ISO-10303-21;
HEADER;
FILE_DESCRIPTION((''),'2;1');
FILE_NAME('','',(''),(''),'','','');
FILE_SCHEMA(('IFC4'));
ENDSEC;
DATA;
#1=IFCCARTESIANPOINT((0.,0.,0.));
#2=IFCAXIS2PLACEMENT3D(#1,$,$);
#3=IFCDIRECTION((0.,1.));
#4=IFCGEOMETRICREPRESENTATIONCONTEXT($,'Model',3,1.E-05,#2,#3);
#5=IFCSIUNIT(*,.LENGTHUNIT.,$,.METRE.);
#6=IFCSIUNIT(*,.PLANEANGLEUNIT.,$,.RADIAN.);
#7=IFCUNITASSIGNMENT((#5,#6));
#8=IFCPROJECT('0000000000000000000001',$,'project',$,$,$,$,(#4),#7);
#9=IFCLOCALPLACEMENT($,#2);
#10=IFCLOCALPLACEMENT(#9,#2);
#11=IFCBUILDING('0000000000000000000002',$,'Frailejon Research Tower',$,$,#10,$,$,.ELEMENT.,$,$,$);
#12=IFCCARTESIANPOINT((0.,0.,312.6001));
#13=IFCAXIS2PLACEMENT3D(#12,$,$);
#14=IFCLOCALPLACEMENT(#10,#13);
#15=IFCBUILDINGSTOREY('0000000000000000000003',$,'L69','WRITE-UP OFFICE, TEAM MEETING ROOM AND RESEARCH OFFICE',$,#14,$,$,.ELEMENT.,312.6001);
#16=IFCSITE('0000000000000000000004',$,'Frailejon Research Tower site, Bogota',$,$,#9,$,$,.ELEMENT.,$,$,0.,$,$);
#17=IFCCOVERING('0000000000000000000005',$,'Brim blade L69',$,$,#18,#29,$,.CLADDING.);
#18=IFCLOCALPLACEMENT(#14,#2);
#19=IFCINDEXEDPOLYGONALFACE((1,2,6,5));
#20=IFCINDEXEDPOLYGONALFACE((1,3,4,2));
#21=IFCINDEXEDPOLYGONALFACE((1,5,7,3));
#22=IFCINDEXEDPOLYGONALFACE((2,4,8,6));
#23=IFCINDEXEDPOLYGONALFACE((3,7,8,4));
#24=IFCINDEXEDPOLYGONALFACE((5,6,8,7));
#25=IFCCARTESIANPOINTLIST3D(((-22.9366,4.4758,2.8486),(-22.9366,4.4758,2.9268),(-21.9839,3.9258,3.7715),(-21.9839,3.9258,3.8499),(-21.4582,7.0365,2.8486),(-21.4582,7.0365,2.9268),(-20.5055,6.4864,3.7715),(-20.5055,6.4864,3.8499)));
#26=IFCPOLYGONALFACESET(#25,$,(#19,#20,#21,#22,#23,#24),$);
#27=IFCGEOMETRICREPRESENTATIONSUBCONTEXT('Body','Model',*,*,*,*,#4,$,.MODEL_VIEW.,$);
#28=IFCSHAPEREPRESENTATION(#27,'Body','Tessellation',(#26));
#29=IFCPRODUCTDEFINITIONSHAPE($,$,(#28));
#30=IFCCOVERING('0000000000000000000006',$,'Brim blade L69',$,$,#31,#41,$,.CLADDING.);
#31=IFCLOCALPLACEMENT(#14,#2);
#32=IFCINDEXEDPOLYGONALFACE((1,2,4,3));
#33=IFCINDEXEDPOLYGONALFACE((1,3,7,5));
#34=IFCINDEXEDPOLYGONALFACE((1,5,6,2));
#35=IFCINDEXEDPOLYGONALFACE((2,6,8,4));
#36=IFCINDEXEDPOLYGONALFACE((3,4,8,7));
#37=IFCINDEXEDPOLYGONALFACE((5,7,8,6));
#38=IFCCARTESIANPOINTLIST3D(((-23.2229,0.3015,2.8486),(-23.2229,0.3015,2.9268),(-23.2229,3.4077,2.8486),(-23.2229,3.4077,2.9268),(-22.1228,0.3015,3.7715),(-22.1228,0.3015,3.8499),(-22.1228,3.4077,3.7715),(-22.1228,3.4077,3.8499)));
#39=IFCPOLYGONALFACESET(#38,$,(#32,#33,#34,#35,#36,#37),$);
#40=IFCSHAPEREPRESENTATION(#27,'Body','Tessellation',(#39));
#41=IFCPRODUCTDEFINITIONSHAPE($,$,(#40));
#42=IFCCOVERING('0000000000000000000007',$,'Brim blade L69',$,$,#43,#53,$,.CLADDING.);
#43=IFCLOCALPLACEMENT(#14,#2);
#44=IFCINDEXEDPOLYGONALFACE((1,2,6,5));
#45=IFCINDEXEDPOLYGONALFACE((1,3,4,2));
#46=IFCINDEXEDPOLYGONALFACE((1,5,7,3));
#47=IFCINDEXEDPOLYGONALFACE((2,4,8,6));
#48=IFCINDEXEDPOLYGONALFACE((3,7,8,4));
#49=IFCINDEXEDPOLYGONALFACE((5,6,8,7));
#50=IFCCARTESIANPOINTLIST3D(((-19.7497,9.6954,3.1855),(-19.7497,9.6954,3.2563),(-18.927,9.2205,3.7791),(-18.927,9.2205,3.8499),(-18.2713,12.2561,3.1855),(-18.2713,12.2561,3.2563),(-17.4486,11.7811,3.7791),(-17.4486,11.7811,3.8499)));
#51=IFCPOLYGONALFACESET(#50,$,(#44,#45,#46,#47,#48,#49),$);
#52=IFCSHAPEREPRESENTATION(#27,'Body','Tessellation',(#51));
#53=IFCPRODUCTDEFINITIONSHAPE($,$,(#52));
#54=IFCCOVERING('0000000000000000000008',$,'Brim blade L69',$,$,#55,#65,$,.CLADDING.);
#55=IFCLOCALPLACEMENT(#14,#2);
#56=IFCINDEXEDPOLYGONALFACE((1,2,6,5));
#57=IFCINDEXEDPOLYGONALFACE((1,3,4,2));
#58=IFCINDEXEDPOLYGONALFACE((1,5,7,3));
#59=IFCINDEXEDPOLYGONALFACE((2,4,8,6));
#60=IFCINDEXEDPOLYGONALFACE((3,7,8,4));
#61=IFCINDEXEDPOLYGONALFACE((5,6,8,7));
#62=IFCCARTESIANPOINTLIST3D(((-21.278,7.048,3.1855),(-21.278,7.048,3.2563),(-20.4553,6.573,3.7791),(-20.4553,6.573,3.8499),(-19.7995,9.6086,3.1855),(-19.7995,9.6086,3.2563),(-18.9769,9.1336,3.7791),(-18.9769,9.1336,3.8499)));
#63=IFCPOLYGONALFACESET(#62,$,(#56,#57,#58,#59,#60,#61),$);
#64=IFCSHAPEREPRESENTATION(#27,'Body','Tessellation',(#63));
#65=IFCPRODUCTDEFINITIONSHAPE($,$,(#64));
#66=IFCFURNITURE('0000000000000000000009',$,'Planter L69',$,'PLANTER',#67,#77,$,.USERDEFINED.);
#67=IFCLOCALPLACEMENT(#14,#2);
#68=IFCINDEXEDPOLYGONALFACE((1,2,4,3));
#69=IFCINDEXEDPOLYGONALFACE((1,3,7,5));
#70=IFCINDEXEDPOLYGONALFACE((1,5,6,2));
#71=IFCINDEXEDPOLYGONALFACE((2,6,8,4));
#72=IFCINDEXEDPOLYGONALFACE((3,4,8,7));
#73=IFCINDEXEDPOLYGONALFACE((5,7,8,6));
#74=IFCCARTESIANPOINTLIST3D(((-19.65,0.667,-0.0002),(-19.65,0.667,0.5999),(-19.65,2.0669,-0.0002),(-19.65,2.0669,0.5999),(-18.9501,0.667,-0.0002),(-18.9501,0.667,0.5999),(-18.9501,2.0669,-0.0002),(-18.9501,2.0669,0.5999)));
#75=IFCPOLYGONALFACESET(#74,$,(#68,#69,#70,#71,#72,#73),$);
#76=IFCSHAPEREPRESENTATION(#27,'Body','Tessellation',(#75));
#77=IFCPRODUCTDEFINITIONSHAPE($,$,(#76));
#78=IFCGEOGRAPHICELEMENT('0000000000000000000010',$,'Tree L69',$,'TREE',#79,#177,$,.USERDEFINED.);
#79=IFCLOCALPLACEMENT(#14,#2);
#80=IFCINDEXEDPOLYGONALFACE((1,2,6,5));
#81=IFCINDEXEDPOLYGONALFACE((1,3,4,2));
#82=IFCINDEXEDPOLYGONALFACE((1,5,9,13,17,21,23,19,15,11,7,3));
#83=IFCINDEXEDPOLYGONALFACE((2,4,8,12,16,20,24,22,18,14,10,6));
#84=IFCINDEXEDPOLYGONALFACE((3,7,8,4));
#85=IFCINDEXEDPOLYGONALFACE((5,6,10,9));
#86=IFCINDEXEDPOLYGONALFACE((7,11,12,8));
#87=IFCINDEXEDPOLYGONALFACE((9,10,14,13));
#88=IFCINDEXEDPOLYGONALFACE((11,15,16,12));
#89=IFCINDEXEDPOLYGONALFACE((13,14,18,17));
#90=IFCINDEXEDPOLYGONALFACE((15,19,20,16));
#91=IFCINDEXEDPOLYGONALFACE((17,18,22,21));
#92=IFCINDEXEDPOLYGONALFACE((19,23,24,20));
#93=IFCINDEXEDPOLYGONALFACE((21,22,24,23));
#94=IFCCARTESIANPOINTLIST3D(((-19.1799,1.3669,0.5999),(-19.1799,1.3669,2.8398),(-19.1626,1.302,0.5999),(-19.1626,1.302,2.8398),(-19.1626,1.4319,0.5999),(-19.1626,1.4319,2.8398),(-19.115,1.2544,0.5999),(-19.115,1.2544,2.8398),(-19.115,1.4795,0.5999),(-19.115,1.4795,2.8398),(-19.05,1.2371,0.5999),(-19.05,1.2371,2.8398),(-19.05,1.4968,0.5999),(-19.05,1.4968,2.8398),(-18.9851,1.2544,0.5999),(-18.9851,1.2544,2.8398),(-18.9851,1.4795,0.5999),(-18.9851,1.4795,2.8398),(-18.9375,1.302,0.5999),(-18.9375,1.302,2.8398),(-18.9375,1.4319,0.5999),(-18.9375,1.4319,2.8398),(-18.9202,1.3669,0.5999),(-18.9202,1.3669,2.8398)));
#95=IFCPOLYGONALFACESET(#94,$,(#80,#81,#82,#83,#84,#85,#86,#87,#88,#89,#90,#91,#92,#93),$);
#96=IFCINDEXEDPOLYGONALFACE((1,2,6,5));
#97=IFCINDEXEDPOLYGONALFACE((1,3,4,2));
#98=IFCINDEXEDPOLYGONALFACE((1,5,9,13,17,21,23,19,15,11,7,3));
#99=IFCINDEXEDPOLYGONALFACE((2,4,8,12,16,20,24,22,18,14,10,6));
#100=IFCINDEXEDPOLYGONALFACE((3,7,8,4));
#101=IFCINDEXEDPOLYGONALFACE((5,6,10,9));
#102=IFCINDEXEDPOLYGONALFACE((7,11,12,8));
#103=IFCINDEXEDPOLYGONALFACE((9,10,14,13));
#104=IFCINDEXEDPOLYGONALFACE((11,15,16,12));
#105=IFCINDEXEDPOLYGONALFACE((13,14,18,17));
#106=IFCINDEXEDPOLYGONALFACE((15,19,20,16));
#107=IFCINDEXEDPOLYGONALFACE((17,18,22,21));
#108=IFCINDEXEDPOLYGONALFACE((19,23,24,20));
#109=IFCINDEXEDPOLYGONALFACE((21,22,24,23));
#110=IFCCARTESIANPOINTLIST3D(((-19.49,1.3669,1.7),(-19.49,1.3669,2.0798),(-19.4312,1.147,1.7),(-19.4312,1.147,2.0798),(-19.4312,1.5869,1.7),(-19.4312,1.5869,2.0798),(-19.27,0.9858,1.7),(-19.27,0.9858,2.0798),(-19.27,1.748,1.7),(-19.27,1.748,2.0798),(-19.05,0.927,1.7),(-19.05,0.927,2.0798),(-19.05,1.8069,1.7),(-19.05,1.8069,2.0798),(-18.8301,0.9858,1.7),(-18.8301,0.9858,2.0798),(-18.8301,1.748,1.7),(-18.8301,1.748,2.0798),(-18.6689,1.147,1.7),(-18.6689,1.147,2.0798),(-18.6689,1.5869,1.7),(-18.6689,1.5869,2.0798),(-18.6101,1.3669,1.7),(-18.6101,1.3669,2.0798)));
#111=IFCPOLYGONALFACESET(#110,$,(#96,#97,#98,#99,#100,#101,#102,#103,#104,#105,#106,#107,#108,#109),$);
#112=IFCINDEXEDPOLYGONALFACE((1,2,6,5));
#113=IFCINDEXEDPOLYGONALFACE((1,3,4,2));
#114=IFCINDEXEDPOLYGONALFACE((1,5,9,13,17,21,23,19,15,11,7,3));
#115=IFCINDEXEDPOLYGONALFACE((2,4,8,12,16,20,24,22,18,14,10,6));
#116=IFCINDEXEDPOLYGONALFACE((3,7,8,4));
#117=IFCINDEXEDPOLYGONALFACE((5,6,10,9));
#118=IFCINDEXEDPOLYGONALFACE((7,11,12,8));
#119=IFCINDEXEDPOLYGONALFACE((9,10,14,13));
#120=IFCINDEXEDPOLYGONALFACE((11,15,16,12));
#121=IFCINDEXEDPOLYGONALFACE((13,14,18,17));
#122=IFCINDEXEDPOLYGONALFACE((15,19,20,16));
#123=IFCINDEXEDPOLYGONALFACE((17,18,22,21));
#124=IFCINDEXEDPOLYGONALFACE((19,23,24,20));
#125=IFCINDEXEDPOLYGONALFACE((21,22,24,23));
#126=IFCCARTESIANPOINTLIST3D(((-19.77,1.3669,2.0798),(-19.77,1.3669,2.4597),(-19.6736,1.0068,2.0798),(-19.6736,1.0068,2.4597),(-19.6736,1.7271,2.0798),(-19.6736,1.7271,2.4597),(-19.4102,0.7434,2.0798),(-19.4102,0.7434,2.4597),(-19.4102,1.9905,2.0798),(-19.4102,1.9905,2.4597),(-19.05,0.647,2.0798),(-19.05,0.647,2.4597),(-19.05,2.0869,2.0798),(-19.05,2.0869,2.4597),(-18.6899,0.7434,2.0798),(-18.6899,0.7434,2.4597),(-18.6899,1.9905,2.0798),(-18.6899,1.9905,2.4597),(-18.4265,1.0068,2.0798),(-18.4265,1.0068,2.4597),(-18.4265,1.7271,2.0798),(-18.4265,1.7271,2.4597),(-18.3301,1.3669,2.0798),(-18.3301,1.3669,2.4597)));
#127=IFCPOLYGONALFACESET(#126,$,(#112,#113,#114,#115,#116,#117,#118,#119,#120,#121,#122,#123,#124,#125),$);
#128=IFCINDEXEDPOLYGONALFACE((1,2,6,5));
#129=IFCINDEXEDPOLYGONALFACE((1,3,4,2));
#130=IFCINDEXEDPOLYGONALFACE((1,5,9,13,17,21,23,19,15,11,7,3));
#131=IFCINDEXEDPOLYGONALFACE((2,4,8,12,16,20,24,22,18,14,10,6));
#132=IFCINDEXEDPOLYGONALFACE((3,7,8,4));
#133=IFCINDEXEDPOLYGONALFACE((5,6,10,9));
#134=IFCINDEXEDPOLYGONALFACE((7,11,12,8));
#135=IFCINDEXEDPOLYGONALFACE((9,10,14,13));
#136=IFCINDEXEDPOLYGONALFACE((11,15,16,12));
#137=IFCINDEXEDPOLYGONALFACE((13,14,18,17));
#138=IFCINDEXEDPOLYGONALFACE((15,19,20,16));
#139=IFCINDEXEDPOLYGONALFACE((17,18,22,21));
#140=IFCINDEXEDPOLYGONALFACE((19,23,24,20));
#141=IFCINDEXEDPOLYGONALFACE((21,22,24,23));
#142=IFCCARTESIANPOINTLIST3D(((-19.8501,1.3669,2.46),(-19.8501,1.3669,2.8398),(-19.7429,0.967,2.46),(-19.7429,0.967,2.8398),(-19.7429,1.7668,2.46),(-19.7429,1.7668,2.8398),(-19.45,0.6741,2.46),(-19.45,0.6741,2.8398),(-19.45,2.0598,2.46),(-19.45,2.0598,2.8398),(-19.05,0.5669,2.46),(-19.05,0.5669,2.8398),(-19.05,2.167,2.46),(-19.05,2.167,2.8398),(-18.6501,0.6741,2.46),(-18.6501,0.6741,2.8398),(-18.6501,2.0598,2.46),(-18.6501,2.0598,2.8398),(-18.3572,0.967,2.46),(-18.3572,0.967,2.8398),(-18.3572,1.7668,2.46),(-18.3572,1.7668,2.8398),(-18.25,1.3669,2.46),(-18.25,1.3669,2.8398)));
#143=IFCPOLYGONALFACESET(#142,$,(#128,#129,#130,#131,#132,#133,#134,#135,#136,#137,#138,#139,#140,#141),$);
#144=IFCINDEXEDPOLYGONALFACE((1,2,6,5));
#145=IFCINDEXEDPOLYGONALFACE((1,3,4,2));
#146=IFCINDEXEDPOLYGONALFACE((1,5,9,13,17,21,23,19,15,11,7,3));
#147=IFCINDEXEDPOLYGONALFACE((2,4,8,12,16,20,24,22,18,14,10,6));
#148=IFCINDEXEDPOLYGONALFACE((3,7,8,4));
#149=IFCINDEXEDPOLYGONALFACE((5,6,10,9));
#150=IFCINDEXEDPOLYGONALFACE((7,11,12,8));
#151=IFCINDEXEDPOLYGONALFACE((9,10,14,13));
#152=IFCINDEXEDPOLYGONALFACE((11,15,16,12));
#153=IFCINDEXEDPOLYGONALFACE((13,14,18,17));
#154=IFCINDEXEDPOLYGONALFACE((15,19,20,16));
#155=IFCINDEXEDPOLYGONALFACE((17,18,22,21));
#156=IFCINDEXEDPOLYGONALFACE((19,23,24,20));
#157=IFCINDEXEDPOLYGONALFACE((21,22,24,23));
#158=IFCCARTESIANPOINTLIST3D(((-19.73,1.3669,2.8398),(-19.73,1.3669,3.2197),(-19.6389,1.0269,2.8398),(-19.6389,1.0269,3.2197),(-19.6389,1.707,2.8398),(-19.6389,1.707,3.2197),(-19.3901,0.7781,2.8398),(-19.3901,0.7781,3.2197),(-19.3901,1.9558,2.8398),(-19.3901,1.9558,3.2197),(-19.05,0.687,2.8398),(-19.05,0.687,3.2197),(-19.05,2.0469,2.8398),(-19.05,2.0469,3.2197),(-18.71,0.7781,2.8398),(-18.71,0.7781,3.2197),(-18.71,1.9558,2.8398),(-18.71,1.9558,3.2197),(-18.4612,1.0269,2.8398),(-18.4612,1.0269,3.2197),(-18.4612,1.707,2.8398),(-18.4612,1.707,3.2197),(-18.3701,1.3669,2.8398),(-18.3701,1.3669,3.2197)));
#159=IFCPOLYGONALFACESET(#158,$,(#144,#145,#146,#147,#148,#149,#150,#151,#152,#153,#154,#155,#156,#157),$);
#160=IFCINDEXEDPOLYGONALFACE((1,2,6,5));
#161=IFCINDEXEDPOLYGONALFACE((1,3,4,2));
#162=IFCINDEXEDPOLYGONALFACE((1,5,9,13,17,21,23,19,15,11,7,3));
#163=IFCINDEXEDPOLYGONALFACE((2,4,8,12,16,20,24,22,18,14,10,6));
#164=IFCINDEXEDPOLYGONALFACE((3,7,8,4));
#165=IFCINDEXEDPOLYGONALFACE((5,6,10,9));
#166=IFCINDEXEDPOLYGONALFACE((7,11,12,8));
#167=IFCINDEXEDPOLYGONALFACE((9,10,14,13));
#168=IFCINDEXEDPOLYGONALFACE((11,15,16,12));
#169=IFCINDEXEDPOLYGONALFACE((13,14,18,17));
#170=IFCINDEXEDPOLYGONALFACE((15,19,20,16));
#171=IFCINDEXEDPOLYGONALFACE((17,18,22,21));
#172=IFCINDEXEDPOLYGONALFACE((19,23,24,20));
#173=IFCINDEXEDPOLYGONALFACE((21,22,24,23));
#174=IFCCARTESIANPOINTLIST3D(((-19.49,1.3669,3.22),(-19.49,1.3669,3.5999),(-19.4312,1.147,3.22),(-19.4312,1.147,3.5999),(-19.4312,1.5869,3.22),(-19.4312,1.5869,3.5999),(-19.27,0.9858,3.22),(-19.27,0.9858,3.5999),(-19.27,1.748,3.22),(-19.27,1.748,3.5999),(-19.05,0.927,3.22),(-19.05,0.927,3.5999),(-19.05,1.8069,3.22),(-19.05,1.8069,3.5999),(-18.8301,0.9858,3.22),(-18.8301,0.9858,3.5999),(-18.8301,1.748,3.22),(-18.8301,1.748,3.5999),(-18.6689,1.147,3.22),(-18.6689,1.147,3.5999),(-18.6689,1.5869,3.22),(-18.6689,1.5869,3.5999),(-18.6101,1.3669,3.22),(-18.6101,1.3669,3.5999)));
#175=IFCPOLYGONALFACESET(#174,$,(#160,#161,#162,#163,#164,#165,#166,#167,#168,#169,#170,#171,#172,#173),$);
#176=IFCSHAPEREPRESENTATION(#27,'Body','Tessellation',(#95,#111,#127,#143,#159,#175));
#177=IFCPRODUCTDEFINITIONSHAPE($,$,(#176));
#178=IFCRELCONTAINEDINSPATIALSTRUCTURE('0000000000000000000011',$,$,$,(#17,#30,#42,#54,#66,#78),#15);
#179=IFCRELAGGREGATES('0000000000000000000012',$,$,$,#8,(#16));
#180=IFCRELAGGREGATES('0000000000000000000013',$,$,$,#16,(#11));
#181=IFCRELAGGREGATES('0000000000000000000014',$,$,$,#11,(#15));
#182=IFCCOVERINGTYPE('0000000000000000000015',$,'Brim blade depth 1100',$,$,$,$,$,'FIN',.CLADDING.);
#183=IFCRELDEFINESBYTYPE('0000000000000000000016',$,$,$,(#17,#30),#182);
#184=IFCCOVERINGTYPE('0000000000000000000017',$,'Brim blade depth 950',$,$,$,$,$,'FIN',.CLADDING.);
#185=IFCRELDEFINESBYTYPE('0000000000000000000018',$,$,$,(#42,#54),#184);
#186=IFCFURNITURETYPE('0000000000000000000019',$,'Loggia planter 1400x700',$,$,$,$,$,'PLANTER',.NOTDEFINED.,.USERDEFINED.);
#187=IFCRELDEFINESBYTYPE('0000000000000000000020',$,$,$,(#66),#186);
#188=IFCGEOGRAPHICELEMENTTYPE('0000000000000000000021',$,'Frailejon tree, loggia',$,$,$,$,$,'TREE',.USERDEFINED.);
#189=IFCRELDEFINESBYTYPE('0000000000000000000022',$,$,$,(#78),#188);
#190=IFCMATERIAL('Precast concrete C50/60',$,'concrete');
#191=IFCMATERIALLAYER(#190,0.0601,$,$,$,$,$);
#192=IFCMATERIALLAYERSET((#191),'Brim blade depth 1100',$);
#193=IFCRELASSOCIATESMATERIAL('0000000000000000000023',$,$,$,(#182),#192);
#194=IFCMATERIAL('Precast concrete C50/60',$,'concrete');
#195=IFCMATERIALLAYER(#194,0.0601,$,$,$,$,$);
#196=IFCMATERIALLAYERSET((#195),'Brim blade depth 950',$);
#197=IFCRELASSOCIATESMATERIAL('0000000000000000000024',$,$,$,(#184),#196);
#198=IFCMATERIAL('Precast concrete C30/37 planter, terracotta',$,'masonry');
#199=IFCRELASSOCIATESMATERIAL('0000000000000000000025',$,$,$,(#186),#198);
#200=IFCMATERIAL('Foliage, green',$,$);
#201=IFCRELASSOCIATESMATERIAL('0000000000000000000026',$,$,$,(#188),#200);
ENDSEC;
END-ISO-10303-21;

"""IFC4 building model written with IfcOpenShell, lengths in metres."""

from ifc_helpers import new_model, si_unit, direction, frame, origin, origin_2d, place, context, subcontext, project, spatial, polyline, rectangle, outline, extrude, material, layer, layer_set, type_object, element, save


model = new_model("IFC4")

# Units and contexts
model_context = context("Model", 3, precision=1e-05, world=origin(), true_north=direction((0.0, 1.0)))
body_context = subcontext(model_context, "Body", "Model", "MODEL_VIEW")
ifc_project = project(units=[si_unit("LENGTHUNIT", "METRE"), si_unit("PLANEANGLEUNIT", "RADIAN")], contexts=[model_context])

# Site, building, storey
site_placement = place(None, origin())
site = spatial("IfcSite", under=ifc_project, at=site_placement, Name="Frailejon Research Tower site, Bogota", CompositionType="ELEMENT", RefElevation=0.0)
building_placement = place(site_placement, origin())
building = spatial("IfcBuilding", under=site, at=building_placement, Name="Frailejon Research Tower", CompositionType="ELEMENT")
storey_placement = place(building_placement, frame((0.0, 0.0, 312.6001)))
storey = spatial("IfcBuildingStorey", under=building, at=storey_placement, Name="L69", Description="WRITE-UP OFFICE, TEAM MEETING ROOM AND RESEARCH OFFICE", CompositionType="ELEMENT", Elevation=312.6001)

# Coverings
ifc_material_1 = material(Name="Precast concrete C50/60", Category="concrete")
ifc_layer_1 = layer(ifc_material_1, 0.0601)
ifc_layer_set_1 = layer_set([ifc_layer_1], Name="Brim blade depth 1100")
covering_type_1 = type_object("IfcCoveringType", Name="Brim blade depth 1100", ElementType="FIN", PredefinedType="CLADDING", material=ifc_layer_set_1)
covering_1_placement = place(storey_placement, frame((-21.9839, 3.9258, 3.8499), z_axis=(0.499995, 0.866028, 0.0), x_axis=(-0.866028, 0.499995, 0.0)))
element("IfcCovering", 1, at=covering_1_placement, inside=storey, type_object=covering_type_1, Name="Brim blade L69", PredefinedType="CLADDING", context=body_context, shape_type="SweptSolid", body=[
    extrude(outline(polyline([(0.0, -0.0784), (1.1001, -1.0012), (1.1001, -0.9231), (0.0, 0.0), (0.0, -0.0784)])), origin(), (0.0, 0.0, 1.0), 2.9568),
])
covering_2_placement = place(storey_placement, frame((-22.1228, 0.3015, 3.8499), z_axis=(0.0, 1.0, 0.0), x_axis=(-1.0, 0.0, 0.0)))
element("IfcCovering", 2, at=covering_2_placement, inside=storey, type_object=covering_type_1, Name="Brim blade L69", PredefinedType="CLADDING", context=body_context, shape_type="SweptSolid", body=[
    extrude(outline(polyline([(0.0, -0.0784), (1.1001, -1.0012), (1.1001, -0.9231), (0.0, 0.0), (0.0, -0.0784)])), origin(), (0.0, 0.0, 1.0), 3.1062),
])
ifc_material_2 = material(Name="Precast concrete C50/60", Category="concrete")
ifc_layer_2 = layer(ifc_material_2, 0.0601)
ifc_layer_set_2 = layer_set([ifc_layer_2], Name="Brim blade depth 950")
covering_type_2 = type_object("IfcCoveringType", Name="Brim blade depth 950", ElementType="FIN", PredefinedType="CLADDING", material=ifc_layer_set_2)
for number, where, z_axis, x_axis, name in (
    (3, (-18.927, 9.2205, 3.8499), (0.499995, 0.866028, 0.0), (-0.866028, 0.499995, 0.0), "Brim blade L69"),
    (4, (-20.4553, 6.573, 3.8499), (0.50002, 0.866014, 0.0), (-0.866014, 0.50002, 0.0), "Brim blade L69"),
):
    element("IfcCovering", number, at=place(storey_placement, frame(where, z_axis=z_axis, x_axis=x_axis)), inside=storey, type_object=covering_type_2, Name=name, PredefinedType="CLADDING", context=body_context, shape_type="SweptSolid", body=[
        extrude(outline(polyline([(0.0, -0.0708), (0.95, -0.6643), (0.95, -0.5935), (0.0, 0.0), (0.0, -0.0708)])), origin(), (0.0, 0.0, 1.0), 2.9568),
    ])

# Furniture
ifc_material_3 = material(Name="Precast concrete C30/37 planter, terracotta", Category="masonry")
furniture_type = type_object("IfcFurnitureType", Name="Loggia planter 1400x700", ElementType="PLANTER", AssemblyPlace="NOTDEFINED", PredefinedType="USERDEFINED", material=ifc_material_3)
furniture_placement = place(storey_placement, frame((-19.3, 1.3669, -0.0002), z_axis=(0.0, 0.0, 1.0), x_axis=(0.0, -1.0, 0.0)))
element("IfcFurniture", 5, at=furniture_placement, inside=storey, type_object=furniture_type, Name="Planter L69", ObjectType="PLANTER", PredefinedType="USERDEFINED", context=body_context, shape_type="SweptSolid", body=[
    extrude(rectangle(XDim=1.3999, YDim=0.7, at=origin_2d()), origin(), (0.0, 0.0, 1.0), 0.6001),
])

# Geographic element
ifc_material_4 = material(Name="Foliage, green")
geographic_element_type = type_object("IfcGeographicElementType", Name="Frailejon tree, loggia", ElementType="TREE", PredefinedType="USERDEFINED", material=ifc_material_4)
geographic_element_placement = place(storey_placement, frame((-19.05, 1.3669, 0.5999)))
element("IfcGeographicElement", 6, at=geographic_element_placement, inside=storey, type_object=geographic_element_type, Name="Tree L69", ObjectType="TREE", PredefinedType="USERDEFINED", context=body_context, shape_type="SweptSolid", body=[
    extrude(outline(polyline([(0.1299, 0.0), (0.1125, 0.0649), (0.0649, 0.1125), (0.0, 0.1299), (-0.0649, 0.1125), (-0.1125, 0.0649), (-0.1299, 0.0), (-0.1125, -0.0649), (-0.0649, -0.1125), (0.0, -0.1299), (0.0649, -0.1125), (0.1125, -0.0649), (0.1299, 0.0)])), origin(), (0.0, 0.0, 1.0), 2.24),
    extrude(outline(polyline([(0.4399, 0.0), (0.3811, 0.22), (0.22, 0.3811), (0.0, 0.4399), (-0.22, 0.3811), (-0.3811, 0.22), (-0.4399, 0.0), (-0.3811, -0.22), (-0.22, -0.3811), (0.0, -0.4399), (0.22, -0.3811), (0.3811, -0.22), (0.4399, 0.0)])), frame((0.0, 0.0, 1.1001)), (0.0, 0.0, 1.0), 0.3799),
    extrude(outline(polyline([(0.72, 0.0), (0.6235, 0.3601), (0.3601, 0.6235), (0.0, 0.72), (-0.3601, 0.6235), (-0.6235, 0.3601), (-0.72, 0.0), (-0.6235, -0.3601), (-0.3601, -0.6235), (0.0, -0.72), (0.3601, -0.6235), (0.6235, -0.3601), (0.72, 0.0)])), frame((0.0, 0.0, 1.48)), (0.0, 0.0, 1.0), 0.3799),
    extrude(outline(polyline([(0.8, 0.0), (0.6929, 0.3999), (0.3999, 0.6929), (0.0, 0.8), (-0.3999, 0.6929), (-0.6929, 0.3999), (-0.8, 0.0), (-0.6929, -0.3999), (-0.3999, -0.6929), (0.0, -0.8), (0.3999, -0.6929), (0.6929, -0.3999), (0.8, 0.0)])), frame((0.0, 0.0, 1.8601)), (0.0, 0.0, 1.0), 0.3799),
    extrude(outline(polyline([(0.6799, 0.0), (0.5889, 0.3401), (0.3401, 0.5889), (0.0, 0.6799), (-0.3401, 0.5889), (-0.5889, 0.3401), (-0.6799, 0.0), (-0.5889, -0.3401), (-0.3401, -0.5889), (0.0, -0.6799), (0.3401, -0.5889), (0.5889, -0.3401), (0.6799, 0.0)])), frame((0.0, 0.0, 2.24)), (0.0, 0.0, 1.0), 0.3799),
    extrude(outline(polyline([(0.4399, 0.0), (0.3811, 0.22), (0.22, 0.3811), (0.0, 0.4399), (-0.22, 0.3811), (-0.3811, 0.22), (-0.4399, 0.0), (-0.3811, -0.22), (-0.22, -0.3811), (0.0, -0.4399), (0.22, -0.3811), (0.3811, -0.22), (0.4399, 0.0)])), frame((0.0, 0.0, 2.6201)), (0.0, 0.0, 1.0), 0.3799),
])

save(model, "model.ifc")
